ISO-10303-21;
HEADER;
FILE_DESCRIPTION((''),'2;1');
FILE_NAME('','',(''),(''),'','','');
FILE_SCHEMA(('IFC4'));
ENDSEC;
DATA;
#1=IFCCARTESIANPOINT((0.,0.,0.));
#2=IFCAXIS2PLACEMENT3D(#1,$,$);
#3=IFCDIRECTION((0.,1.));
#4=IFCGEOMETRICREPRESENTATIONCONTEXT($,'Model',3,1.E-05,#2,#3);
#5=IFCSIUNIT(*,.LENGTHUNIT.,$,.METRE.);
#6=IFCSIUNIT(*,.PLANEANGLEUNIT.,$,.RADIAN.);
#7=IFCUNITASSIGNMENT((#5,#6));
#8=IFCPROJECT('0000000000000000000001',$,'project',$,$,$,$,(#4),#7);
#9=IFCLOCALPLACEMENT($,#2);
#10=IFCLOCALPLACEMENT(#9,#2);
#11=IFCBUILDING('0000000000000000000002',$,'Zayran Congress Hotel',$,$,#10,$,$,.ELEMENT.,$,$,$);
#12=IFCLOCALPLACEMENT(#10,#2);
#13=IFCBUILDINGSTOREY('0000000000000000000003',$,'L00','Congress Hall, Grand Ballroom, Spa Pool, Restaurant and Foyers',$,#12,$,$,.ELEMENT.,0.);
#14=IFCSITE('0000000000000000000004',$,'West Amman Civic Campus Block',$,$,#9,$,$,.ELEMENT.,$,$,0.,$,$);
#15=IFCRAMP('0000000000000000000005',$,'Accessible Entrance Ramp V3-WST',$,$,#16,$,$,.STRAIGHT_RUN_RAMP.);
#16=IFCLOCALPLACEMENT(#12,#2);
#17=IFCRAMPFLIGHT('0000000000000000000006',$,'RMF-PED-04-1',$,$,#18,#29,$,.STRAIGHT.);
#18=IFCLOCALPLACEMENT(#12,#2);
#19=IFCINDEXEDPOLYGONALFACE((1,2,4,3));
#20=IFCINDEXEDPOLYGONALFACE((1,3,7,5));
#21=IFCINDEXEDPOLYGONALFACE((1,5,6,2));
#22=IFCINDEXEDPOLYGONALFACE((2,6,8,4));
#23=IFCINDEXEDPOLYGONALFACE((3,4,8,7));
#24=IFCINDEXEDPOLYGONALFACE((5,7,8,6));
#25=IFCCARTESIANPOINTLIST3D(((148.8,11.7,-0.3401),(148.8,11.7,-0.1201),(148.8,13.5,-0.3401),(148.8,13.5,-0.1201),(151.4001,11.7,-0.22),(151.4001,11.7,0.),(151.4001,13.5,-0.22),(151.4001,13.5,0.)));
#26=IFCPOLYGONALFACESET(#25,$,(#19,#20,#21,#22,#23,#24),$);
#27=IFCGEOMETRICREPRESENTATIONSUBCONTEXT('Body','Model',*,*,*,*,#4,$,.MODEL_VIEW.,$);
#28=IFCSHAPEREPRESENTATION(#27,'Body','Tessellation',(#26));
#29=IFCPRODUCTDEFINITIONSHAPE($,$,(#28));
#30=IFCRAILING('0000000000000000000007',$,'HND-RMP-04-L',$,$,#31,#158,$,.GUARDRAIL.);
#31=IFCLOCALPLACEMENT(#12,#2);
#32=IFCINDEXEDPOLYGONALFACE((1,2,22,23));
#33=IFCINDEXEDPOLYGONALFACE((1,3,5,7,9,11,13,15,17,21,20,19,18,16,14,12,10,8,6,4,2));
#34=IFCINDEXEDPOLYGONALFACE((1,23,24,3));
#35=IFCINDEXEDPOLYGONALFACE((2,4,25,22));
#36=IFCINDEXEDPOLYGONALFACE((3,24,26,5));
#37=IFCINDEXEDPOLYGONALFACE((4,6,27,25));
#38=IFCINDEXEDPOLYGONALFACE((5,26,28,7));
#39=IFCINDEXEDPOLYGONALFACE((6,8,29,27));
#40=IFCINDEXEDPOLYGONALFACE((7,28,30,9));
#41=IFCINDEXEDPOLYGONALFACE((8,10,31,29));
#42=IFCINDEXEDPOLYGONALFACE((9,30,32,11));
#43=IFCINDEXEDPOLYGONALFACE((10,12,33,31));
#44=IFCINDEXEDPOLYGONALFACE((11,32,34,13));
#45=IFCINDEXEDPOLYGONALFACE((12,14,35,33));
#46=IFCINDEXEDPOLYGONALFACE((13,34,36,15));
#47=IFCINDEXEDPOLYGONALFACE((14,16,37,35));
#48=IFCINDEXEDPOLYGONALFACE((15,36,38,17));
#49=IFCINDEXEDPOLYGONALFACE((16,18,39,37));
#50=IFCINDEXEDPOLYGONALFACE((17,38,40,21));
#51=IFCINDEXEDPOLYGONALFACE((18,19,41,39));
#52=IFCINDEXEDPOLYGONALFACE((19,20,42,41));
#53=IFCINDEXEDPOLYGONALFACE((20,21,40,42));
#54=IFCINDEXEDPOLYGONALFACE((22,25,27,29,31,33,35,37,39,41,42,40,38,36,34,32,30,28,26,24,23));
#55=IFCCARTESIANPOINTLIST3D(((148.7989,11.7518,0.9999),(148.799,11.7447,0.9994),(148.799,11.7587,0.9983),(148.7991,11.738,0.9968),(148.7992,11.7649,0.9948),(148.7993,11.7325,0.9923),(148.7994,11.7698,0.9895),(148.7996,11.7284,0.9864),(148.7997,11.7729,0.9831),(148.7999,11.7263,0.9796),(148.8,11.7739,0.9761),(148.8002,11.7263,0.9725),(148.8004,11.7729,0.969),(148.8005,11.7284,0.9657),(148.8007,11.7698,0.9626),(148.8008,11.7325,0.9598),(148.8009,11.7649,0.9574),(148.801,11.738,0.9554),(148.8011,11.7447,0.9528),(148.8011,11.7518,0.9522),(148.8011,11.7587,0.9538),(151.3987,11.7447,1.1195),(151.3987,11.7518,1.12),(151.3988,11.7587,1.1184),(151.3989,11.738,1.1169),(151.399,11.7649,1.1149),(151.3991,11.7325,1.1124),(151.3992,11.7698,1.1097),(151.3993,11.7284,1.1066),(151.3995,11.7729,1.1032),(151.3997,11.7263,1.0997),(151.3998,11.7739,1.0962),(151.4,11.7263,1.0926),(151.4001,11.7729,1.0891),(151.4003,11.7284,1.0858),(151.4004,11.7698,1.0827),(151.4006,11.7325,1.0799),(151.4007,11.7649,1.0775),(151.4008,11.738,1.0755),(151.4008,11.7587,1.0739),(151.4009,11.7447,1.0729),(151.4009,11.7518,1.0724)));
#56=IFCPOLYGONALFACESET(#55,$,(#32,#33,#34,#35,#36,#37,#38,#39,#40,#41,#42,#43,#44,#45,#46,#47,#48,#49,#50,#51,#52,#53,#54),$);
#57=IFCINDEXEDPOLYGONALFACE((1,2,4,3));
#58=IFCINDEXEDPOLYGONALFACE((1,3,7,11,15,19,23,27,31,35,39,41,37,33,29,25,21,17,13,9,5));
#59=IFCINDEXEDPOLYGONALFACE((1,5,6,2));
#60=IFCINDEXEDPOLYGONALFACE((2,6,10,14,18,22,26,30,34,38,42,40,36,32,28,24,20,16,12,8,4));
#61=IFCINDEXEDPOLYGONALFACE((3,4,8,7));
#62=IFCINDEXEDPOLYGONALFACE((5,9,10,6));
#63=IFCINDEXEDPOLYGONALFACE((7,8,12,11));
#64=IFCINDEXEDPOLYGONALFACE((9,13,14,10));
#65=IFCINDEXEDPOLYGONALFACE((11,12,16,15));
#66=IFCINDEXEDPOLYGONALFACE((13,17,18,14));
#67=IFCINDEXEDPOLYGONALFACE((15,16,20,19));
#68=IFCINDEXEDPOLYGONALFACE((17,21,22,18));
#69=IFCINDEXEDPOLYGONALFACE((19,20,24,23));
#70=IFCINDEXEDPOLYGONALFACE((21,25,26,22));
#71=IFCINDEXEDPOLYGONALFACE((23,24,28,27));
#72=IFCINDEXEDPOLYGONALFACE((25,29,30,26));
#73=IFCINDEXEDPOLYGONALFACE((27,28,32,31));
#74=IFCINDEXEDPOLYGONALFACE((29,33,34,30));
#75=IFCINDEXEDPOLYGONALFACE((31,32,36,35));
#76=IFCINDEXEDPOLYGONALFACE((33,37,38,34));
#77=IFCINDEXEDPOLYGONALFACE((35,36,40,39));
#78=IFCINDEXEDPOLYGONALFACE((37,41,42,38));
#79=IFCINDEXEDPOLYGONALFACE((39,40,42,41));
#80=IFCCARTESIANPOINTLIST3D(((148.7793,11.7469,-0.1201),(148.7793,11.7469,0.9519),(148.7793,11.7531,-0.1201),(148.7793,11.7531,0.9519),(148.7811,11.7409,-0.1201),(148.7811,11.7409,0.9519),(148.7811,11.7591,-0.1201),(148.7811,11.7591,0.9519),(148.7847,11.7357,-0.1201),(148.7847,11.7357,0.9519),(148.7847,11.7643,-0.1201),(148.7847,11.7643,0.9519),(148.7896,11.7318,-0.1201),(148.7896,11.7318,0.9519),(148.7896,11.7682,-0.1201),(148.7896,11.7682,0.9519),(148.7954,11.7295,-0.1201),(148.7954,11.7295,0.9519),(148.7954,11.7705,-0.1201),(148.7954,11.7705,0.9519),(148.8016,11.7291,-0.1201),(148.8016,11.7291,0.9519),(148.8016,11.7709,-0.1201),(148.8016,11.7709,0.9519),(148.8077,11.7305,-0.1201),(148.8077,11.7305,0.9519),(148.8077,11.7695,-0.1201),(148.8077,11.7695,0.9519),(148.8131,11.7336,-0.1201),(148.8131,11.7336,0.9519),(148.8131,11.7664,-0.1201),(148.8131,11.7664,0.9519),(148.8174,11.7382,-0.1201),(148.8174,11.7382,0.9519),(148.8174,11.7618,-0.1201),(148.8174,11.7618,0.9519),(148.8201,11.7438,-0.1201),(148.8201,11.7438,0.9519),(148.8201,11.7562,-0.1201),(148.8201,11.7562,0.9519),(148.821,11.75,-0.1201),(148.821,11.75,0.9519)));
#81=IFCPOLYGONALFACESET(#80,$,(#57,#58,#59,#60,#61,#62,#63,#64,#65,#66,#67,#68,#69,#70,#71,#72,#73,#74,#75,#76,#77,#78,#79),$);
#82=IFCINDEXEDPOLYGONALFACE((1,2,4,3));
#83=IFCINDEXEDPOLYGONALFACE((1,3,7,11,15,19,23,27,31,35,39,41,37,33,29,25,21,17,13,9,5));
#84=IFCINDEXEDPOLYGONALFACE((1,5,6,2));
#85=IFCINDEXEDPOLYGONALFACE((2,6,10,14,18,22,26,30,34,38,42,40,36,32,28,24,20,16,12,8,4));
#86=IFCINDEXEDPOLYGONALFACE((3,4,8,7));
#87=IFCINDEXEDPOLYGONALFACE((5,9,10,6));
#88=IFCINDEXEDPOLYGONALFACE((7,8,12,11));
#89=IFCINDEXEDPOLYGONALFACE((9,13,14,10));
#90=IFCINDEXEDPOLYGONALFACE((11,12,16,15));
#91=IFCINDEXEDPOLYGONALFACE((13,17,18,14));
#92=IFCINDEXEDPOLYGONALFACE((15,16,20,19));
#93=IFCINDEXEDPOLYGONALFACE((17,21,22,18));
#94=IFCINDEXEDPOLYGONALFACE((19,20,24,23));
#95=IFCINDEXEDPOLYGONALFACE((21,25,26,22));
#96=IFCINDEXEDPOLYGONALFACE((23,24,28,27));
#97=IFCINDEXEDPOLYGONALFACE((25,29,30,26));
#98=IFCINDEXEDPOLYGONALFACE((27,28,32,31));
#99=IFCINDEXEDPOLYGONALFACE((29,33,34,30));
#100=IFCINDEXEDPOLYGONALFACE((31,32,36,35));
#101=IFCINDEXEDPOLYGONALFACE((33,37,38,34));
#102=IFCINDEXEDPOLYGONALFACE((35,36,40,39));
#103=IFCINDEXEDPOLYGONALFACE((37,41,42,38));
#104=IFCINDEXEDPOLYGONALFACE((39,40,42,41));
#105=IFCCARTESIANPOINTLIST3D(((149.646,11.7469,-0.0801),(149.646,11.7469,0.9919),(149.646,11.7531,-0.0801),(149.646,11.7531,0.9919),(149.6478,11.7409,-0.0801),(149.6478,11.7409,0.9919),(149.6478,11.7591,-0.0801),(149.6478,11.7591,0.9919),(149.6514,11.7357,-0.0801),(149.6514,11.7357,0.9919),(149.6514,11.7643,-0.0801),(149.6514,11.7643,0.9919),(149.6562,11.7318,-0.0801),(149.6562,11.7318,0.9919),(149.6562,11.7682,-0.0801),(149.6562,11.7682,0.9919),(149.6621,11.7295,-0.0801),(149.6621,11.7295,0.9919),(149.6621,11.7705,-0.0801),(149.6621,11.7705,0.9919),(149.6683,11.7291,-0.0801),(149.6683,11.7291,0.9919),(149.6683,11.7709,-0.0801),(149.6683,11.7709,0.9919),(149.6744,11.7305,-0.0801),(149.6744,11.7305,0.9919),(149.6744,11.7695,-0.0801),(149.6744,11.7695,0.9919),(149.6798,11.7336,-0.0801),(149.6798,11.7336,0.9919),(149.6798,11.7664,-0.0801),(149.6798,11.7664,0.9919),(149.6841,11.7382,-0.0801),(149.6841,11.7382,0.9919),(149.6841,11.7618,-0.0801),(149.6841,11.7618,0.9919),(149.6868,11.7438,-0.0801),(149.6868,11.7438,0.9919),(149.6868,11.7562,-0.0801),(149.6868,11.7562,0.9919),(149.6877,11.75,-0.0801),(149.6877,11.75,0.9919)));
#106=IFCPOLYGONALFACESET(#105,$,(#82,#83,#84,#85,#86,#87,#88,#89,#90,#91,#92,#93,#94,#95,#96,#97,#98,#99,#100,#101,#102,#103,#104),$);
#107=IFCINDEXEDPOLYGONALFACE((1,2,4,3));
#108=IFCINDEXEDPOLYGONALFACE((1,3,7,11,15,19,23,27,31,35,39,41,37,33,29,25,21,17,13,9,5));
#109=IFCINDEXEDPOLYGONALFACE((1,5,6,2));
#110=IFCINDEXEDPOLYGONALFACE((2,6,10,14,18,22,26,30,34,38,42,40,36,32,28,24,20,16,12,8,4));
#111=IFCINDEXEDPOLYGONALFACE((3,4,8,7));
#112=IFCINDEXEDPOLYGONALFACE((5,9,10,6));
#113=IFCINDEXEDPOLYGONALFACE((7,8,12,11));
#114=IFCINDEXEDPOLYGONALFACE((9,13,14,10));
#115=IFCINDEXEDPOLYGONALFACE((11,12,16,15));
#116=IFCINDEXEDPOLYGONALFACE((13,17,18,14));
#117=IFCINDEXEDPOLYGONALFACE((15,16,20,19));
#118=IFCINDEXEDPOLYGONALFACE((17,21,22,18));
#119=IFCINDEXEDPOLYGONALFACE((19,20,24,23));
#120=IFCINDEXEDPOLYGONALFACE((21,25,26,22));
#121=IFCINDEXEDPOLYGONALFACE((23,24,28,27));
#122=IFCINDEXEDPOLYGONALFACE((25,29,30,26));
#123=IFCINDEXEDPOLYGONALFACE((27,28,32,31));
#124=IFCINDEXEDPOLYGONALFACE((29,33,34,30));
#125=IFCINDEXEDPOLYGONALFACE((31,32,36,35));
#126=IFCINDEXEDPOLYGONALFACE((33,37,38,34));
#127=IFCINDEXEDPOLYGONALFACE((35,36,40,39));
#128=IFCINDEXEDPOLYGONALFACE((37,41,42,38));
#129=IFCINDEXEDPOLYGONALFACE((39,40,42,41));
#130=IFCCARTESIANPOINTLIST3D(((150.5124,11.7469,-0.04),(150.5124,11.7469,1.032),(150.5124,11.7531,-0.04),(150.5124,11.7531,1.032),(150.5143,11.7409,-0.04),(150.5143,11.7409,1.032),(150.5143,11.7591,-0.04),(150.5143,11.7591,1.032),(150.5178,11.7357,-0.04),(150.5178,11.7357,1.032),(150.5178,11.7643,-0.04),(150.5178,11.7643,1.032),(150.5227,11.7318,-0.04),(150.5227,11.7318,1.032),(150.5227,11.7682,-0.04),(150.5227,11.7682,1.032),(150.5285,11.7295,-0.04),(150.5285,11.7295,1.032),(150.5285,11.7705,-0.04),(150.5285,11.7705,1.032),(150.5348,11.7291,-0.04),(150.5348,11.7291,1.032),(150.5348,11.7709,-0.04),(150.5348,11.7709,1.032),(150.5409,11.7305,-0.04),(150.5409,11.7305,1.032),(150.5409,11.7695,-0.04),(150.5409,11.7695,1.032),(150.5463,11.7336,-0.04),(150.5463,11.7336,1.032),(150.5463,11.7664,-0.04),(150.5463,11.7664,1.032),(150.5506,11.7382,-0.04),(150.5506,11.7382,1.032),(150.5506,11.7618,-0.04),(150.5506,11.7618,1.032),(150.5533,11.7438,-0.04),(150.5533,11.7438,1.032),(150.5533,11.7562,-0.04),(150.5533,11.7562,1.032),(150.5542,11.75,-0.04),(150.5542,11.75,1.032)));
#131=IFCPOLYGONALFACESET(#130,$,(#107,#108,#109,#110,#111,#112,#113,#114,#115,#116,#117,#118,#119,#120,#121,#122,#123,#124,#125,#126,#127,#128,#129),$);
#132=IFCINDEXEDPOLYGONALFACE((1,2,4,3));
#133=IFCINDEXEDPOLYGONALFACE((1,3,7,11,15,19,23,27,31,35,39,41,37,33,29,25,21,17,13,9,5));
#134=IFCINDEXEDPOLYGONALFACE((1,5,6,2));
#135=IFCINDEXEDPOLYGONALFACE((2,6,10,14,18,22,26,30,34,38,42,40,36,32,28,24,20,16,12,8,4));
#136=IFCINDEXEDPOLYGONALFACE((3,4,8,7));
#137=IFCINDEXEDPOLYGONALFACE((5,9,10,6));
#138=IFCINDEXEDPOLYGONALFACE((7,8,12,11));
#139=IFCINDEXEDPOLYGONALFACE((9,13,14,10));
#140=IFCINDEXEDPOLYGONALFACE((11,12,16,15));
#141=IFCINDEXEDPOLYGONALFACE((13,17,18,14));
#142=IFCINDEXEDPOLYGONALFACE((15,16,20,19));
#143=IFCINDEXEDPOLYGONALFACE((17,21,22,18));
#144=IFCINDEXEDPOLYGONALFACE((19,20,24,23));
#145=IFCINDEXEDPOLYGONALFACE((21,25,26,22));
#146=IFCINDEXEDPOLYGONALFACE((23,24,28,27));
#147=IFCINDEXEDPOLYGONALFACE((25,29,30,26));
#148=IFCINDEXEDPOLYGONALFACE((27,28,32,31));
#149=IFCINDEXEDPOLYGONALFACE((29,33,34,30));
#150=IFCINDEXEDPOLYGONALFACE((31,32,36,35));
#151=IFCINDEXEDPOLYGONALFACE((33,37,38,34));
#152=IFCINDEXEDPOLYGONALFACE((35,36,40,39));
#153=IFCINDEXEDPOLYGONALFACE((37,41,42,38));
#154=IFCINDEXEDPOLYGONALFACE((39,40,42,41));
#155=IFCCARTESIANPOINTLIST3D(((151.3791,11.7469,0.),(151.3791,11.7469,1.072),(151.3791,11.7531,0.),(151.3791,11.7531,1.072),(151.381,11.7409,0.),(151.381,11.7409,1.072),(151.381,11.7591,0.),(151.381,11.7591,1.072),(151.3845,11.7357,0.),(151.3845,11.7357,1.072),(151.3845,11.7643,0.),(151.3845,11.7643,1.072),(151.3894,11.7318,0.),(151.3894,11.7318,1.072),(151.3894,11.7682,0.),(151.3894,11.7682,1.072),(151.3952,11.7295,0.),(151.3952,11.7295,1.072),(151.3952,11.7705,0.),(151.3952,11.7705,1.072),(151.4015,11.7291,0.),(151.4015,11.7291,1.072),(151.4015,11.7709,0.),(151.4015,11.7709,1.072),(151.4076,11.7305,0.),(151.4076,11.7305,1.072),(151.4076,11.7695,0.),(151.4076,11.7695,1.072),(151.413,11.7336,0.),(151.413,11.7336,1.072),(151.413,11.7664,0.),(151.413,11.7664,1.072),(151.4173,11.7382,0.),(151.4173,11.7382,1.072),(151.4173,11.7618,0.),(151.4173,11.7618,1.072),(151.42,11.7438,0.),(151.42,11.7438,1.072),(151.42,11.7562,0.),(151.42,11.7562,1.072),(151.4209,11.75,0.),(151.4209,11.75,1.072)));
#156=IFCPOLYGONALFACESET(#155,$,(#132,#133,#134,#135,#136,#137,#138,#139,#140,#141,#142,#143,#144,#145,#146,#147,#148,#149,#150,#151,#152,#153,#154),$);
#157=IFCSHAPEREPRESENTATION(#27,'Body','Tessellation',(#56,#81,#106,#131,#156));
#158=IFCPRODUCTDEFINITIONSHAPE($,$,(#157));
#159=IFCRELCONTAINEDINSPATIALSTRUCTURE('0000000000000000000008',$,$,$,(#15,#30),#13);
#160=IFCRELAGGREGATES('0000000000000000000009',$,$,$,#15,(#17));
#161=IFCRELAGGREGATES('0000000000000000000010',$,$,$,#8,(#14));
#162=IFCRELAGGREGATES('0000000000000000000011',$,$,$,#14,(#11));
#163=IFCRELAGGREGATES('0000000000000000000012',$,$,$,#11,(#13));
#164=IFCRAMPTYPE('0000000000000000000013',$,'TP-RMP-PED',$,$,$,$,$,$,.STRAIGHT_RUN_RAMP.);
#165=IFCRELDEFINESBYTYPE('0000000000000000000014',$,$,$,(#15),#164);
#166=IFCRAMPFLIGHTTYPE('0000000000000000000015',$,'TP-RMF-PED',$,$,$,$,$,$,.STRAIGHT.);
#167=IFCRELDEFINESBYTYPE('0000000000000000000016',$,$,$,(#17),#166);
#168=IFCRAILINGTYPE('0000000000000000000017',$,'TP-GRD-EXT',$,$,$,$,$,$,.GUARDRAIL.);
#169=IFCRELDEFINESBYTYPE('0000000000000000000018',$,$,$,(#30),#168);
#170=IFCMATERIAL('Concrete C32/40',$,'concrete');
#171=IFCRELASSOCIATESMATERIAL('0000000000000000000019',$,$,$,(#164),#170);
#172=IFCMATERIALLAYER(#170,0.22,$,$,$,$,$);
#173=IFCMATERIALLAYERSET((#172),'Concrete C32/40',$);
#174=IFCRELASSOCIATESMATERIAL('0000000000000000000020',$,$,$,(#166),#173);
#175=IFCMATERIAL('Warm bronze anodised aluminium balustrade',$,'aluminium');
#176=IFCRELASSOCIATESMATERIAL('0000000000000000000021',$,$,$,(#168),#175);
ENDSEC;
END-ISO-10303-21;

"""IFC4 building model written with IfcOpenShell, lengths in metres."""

from ifc_helpers import new_model, si_unit, direction, frame, origin, origin_2d, place, context, subcontext, project, spatial, polyline, circle, outline, extrude, material, layer, layer_set, type_object, element, aggregate, save


model = new_model("IFC4")

# Units and contexts
model_context = context("Model", 3, precision=1e-05, world=origin(), true_north=direction((0.0, 1.0)))
body_context = subcontext(model_context, "Body", "Model", "MODEL_VIEW")
ifc_project = project(units=[si_unit("LENGTHUNIT", "METRE"), si_unit("PLANEANGLEUNIT", "RADIAN")], contexts=[model_context])

# Site, building, storey
site_placement = place(None, origin())
site = spatial("IfcSite", under=ifc_project, at=site_placement, Name="West Amman Civic Campus Block", CompositionType="ELEMENT", RefElevation=0.0)
building_placement = place(site_placement, origin())
building = spatial("IfcBuilding", under=site, at=building_placement, Name="Zayran Congress Hotel", CompositionType="ELEMENT")
storey_placement = place(building_placement, origin())
storey = spatial("IfcBuildingStorey", under=building, at=storey_placement, Name="L00", Description="Congress Hall, Grand Ballroom, Spa Pool, Restaurant and Foyers", CompositionType="ELEMENT", Elevation=0.0)

# Ramp, ramp flight
ifc_material_1 = material(Name="Concrete C32/40", Category="concrete")
ramp_type = type_object("IfcRampType", Name="TP-RMP-PED", PredefinedType="STRAIGHT_RUN_RAMP", material=ifc_material_1)
ramp_placement = place(storey_placement, origin())
ramp = element("IfcRamp", 1, at=ramp_placement, inside=storey, type_object=ramp_type, Name="Accessible Entrance Ramp V3-WST", PredefinedType="STRAIGHT_RUN_RAMP")
ifc_layer_1 = layer(ifc_material_1, 0.22)
ifc_layer_set_1 = layer_set([ifc_layer_1], Name="Concrete C32/40")
ramp_flight_type = type_object("IfcRampFlightType", Name="TP-RMF-PED", PredefinedType="STRAIGHT", material=ifc_layer_set_1)
ramp_flight_placement = place(storey_placement, frame((148.8, 12.6001, -0.1201), z_axis=(0.0, 0.0, 1.0), x_axis=(1.0, 0.0, 0.0)))
ramp_flight = element("IfcRampFlight", 2, at=ramp_flight_placement, type_object=ramp_flight_type, Name="RMF-PED-04-1", PredefinedType="STRAIGHT", context=body_context, shape_type="SweptSolid", body=[
    extrude(outline(polyline([(0.0, 0.0), (2.6001, 0.1201), (2.6001, -0.0999), (0.0, -0.22), (0.0, 0.0)])), frame((0.0, 0.8999, 0.0), z_axis=(0.0, -1.0, 0.0), x_axis=(1.0, 0.0, 0.0)), (0.0, 0.0, 1.0), 1.8),
])
aggregate(ramp, [ramp_flight])

# Railing
ifc_material_2 = material(Name="Warm bronze anodised aluminium balustrade", Category="aluminium")
railing_type = type_object("IfcRailingType", Name="TP-GRD-EXT", PredefinedType="GUARDRAIL", material=ifc_material_2)
for number, where, name in (
    (3, (148.8, 11.75, -0.1201), "HND-RMP-04-L"),
):
    element("IfcRailing", number, at=place(storey_placement, frame(where)), inside=storey, type_object=railing_type, Name=name, PredefinedType="GUARDRAIL", context=body_context, shape_type="SweptSolid", body=[
        extrude(circle(Radius=0.0239, at=origin_2d()), frame((0.0, 0.0, 1.0962), z_axis=(0.998934, 0.0, 0.046152), x_axis=(0.0, 1.0, 0.0)), (0.0, 0.0, 1.0), 2.6025),
        extrude(circle(Radius=0.021, at=origin_2d()), origin(), (0.0, 0.0, 1.0), 1.072),
        extrude(circle(Radius=0.021, at=origin_2d()), frame((0.8667, 0.0, 0.04)), (0.0, 0.0, 1.0), 1.072),
        extrude(circle(Radius=0.021, at=origin_2d()), frame((1.7332, 0.0, 0.0801)), (0.0, 0.0, 1.0), 1.072),
        extrude(circle(Radius=0.021, at=origin_2d()), frame((2.5999, 0.0, 0.1201)), (0.0, 0.0, 1.0), 1.072),
    ])

save(model, "model.ifc")
